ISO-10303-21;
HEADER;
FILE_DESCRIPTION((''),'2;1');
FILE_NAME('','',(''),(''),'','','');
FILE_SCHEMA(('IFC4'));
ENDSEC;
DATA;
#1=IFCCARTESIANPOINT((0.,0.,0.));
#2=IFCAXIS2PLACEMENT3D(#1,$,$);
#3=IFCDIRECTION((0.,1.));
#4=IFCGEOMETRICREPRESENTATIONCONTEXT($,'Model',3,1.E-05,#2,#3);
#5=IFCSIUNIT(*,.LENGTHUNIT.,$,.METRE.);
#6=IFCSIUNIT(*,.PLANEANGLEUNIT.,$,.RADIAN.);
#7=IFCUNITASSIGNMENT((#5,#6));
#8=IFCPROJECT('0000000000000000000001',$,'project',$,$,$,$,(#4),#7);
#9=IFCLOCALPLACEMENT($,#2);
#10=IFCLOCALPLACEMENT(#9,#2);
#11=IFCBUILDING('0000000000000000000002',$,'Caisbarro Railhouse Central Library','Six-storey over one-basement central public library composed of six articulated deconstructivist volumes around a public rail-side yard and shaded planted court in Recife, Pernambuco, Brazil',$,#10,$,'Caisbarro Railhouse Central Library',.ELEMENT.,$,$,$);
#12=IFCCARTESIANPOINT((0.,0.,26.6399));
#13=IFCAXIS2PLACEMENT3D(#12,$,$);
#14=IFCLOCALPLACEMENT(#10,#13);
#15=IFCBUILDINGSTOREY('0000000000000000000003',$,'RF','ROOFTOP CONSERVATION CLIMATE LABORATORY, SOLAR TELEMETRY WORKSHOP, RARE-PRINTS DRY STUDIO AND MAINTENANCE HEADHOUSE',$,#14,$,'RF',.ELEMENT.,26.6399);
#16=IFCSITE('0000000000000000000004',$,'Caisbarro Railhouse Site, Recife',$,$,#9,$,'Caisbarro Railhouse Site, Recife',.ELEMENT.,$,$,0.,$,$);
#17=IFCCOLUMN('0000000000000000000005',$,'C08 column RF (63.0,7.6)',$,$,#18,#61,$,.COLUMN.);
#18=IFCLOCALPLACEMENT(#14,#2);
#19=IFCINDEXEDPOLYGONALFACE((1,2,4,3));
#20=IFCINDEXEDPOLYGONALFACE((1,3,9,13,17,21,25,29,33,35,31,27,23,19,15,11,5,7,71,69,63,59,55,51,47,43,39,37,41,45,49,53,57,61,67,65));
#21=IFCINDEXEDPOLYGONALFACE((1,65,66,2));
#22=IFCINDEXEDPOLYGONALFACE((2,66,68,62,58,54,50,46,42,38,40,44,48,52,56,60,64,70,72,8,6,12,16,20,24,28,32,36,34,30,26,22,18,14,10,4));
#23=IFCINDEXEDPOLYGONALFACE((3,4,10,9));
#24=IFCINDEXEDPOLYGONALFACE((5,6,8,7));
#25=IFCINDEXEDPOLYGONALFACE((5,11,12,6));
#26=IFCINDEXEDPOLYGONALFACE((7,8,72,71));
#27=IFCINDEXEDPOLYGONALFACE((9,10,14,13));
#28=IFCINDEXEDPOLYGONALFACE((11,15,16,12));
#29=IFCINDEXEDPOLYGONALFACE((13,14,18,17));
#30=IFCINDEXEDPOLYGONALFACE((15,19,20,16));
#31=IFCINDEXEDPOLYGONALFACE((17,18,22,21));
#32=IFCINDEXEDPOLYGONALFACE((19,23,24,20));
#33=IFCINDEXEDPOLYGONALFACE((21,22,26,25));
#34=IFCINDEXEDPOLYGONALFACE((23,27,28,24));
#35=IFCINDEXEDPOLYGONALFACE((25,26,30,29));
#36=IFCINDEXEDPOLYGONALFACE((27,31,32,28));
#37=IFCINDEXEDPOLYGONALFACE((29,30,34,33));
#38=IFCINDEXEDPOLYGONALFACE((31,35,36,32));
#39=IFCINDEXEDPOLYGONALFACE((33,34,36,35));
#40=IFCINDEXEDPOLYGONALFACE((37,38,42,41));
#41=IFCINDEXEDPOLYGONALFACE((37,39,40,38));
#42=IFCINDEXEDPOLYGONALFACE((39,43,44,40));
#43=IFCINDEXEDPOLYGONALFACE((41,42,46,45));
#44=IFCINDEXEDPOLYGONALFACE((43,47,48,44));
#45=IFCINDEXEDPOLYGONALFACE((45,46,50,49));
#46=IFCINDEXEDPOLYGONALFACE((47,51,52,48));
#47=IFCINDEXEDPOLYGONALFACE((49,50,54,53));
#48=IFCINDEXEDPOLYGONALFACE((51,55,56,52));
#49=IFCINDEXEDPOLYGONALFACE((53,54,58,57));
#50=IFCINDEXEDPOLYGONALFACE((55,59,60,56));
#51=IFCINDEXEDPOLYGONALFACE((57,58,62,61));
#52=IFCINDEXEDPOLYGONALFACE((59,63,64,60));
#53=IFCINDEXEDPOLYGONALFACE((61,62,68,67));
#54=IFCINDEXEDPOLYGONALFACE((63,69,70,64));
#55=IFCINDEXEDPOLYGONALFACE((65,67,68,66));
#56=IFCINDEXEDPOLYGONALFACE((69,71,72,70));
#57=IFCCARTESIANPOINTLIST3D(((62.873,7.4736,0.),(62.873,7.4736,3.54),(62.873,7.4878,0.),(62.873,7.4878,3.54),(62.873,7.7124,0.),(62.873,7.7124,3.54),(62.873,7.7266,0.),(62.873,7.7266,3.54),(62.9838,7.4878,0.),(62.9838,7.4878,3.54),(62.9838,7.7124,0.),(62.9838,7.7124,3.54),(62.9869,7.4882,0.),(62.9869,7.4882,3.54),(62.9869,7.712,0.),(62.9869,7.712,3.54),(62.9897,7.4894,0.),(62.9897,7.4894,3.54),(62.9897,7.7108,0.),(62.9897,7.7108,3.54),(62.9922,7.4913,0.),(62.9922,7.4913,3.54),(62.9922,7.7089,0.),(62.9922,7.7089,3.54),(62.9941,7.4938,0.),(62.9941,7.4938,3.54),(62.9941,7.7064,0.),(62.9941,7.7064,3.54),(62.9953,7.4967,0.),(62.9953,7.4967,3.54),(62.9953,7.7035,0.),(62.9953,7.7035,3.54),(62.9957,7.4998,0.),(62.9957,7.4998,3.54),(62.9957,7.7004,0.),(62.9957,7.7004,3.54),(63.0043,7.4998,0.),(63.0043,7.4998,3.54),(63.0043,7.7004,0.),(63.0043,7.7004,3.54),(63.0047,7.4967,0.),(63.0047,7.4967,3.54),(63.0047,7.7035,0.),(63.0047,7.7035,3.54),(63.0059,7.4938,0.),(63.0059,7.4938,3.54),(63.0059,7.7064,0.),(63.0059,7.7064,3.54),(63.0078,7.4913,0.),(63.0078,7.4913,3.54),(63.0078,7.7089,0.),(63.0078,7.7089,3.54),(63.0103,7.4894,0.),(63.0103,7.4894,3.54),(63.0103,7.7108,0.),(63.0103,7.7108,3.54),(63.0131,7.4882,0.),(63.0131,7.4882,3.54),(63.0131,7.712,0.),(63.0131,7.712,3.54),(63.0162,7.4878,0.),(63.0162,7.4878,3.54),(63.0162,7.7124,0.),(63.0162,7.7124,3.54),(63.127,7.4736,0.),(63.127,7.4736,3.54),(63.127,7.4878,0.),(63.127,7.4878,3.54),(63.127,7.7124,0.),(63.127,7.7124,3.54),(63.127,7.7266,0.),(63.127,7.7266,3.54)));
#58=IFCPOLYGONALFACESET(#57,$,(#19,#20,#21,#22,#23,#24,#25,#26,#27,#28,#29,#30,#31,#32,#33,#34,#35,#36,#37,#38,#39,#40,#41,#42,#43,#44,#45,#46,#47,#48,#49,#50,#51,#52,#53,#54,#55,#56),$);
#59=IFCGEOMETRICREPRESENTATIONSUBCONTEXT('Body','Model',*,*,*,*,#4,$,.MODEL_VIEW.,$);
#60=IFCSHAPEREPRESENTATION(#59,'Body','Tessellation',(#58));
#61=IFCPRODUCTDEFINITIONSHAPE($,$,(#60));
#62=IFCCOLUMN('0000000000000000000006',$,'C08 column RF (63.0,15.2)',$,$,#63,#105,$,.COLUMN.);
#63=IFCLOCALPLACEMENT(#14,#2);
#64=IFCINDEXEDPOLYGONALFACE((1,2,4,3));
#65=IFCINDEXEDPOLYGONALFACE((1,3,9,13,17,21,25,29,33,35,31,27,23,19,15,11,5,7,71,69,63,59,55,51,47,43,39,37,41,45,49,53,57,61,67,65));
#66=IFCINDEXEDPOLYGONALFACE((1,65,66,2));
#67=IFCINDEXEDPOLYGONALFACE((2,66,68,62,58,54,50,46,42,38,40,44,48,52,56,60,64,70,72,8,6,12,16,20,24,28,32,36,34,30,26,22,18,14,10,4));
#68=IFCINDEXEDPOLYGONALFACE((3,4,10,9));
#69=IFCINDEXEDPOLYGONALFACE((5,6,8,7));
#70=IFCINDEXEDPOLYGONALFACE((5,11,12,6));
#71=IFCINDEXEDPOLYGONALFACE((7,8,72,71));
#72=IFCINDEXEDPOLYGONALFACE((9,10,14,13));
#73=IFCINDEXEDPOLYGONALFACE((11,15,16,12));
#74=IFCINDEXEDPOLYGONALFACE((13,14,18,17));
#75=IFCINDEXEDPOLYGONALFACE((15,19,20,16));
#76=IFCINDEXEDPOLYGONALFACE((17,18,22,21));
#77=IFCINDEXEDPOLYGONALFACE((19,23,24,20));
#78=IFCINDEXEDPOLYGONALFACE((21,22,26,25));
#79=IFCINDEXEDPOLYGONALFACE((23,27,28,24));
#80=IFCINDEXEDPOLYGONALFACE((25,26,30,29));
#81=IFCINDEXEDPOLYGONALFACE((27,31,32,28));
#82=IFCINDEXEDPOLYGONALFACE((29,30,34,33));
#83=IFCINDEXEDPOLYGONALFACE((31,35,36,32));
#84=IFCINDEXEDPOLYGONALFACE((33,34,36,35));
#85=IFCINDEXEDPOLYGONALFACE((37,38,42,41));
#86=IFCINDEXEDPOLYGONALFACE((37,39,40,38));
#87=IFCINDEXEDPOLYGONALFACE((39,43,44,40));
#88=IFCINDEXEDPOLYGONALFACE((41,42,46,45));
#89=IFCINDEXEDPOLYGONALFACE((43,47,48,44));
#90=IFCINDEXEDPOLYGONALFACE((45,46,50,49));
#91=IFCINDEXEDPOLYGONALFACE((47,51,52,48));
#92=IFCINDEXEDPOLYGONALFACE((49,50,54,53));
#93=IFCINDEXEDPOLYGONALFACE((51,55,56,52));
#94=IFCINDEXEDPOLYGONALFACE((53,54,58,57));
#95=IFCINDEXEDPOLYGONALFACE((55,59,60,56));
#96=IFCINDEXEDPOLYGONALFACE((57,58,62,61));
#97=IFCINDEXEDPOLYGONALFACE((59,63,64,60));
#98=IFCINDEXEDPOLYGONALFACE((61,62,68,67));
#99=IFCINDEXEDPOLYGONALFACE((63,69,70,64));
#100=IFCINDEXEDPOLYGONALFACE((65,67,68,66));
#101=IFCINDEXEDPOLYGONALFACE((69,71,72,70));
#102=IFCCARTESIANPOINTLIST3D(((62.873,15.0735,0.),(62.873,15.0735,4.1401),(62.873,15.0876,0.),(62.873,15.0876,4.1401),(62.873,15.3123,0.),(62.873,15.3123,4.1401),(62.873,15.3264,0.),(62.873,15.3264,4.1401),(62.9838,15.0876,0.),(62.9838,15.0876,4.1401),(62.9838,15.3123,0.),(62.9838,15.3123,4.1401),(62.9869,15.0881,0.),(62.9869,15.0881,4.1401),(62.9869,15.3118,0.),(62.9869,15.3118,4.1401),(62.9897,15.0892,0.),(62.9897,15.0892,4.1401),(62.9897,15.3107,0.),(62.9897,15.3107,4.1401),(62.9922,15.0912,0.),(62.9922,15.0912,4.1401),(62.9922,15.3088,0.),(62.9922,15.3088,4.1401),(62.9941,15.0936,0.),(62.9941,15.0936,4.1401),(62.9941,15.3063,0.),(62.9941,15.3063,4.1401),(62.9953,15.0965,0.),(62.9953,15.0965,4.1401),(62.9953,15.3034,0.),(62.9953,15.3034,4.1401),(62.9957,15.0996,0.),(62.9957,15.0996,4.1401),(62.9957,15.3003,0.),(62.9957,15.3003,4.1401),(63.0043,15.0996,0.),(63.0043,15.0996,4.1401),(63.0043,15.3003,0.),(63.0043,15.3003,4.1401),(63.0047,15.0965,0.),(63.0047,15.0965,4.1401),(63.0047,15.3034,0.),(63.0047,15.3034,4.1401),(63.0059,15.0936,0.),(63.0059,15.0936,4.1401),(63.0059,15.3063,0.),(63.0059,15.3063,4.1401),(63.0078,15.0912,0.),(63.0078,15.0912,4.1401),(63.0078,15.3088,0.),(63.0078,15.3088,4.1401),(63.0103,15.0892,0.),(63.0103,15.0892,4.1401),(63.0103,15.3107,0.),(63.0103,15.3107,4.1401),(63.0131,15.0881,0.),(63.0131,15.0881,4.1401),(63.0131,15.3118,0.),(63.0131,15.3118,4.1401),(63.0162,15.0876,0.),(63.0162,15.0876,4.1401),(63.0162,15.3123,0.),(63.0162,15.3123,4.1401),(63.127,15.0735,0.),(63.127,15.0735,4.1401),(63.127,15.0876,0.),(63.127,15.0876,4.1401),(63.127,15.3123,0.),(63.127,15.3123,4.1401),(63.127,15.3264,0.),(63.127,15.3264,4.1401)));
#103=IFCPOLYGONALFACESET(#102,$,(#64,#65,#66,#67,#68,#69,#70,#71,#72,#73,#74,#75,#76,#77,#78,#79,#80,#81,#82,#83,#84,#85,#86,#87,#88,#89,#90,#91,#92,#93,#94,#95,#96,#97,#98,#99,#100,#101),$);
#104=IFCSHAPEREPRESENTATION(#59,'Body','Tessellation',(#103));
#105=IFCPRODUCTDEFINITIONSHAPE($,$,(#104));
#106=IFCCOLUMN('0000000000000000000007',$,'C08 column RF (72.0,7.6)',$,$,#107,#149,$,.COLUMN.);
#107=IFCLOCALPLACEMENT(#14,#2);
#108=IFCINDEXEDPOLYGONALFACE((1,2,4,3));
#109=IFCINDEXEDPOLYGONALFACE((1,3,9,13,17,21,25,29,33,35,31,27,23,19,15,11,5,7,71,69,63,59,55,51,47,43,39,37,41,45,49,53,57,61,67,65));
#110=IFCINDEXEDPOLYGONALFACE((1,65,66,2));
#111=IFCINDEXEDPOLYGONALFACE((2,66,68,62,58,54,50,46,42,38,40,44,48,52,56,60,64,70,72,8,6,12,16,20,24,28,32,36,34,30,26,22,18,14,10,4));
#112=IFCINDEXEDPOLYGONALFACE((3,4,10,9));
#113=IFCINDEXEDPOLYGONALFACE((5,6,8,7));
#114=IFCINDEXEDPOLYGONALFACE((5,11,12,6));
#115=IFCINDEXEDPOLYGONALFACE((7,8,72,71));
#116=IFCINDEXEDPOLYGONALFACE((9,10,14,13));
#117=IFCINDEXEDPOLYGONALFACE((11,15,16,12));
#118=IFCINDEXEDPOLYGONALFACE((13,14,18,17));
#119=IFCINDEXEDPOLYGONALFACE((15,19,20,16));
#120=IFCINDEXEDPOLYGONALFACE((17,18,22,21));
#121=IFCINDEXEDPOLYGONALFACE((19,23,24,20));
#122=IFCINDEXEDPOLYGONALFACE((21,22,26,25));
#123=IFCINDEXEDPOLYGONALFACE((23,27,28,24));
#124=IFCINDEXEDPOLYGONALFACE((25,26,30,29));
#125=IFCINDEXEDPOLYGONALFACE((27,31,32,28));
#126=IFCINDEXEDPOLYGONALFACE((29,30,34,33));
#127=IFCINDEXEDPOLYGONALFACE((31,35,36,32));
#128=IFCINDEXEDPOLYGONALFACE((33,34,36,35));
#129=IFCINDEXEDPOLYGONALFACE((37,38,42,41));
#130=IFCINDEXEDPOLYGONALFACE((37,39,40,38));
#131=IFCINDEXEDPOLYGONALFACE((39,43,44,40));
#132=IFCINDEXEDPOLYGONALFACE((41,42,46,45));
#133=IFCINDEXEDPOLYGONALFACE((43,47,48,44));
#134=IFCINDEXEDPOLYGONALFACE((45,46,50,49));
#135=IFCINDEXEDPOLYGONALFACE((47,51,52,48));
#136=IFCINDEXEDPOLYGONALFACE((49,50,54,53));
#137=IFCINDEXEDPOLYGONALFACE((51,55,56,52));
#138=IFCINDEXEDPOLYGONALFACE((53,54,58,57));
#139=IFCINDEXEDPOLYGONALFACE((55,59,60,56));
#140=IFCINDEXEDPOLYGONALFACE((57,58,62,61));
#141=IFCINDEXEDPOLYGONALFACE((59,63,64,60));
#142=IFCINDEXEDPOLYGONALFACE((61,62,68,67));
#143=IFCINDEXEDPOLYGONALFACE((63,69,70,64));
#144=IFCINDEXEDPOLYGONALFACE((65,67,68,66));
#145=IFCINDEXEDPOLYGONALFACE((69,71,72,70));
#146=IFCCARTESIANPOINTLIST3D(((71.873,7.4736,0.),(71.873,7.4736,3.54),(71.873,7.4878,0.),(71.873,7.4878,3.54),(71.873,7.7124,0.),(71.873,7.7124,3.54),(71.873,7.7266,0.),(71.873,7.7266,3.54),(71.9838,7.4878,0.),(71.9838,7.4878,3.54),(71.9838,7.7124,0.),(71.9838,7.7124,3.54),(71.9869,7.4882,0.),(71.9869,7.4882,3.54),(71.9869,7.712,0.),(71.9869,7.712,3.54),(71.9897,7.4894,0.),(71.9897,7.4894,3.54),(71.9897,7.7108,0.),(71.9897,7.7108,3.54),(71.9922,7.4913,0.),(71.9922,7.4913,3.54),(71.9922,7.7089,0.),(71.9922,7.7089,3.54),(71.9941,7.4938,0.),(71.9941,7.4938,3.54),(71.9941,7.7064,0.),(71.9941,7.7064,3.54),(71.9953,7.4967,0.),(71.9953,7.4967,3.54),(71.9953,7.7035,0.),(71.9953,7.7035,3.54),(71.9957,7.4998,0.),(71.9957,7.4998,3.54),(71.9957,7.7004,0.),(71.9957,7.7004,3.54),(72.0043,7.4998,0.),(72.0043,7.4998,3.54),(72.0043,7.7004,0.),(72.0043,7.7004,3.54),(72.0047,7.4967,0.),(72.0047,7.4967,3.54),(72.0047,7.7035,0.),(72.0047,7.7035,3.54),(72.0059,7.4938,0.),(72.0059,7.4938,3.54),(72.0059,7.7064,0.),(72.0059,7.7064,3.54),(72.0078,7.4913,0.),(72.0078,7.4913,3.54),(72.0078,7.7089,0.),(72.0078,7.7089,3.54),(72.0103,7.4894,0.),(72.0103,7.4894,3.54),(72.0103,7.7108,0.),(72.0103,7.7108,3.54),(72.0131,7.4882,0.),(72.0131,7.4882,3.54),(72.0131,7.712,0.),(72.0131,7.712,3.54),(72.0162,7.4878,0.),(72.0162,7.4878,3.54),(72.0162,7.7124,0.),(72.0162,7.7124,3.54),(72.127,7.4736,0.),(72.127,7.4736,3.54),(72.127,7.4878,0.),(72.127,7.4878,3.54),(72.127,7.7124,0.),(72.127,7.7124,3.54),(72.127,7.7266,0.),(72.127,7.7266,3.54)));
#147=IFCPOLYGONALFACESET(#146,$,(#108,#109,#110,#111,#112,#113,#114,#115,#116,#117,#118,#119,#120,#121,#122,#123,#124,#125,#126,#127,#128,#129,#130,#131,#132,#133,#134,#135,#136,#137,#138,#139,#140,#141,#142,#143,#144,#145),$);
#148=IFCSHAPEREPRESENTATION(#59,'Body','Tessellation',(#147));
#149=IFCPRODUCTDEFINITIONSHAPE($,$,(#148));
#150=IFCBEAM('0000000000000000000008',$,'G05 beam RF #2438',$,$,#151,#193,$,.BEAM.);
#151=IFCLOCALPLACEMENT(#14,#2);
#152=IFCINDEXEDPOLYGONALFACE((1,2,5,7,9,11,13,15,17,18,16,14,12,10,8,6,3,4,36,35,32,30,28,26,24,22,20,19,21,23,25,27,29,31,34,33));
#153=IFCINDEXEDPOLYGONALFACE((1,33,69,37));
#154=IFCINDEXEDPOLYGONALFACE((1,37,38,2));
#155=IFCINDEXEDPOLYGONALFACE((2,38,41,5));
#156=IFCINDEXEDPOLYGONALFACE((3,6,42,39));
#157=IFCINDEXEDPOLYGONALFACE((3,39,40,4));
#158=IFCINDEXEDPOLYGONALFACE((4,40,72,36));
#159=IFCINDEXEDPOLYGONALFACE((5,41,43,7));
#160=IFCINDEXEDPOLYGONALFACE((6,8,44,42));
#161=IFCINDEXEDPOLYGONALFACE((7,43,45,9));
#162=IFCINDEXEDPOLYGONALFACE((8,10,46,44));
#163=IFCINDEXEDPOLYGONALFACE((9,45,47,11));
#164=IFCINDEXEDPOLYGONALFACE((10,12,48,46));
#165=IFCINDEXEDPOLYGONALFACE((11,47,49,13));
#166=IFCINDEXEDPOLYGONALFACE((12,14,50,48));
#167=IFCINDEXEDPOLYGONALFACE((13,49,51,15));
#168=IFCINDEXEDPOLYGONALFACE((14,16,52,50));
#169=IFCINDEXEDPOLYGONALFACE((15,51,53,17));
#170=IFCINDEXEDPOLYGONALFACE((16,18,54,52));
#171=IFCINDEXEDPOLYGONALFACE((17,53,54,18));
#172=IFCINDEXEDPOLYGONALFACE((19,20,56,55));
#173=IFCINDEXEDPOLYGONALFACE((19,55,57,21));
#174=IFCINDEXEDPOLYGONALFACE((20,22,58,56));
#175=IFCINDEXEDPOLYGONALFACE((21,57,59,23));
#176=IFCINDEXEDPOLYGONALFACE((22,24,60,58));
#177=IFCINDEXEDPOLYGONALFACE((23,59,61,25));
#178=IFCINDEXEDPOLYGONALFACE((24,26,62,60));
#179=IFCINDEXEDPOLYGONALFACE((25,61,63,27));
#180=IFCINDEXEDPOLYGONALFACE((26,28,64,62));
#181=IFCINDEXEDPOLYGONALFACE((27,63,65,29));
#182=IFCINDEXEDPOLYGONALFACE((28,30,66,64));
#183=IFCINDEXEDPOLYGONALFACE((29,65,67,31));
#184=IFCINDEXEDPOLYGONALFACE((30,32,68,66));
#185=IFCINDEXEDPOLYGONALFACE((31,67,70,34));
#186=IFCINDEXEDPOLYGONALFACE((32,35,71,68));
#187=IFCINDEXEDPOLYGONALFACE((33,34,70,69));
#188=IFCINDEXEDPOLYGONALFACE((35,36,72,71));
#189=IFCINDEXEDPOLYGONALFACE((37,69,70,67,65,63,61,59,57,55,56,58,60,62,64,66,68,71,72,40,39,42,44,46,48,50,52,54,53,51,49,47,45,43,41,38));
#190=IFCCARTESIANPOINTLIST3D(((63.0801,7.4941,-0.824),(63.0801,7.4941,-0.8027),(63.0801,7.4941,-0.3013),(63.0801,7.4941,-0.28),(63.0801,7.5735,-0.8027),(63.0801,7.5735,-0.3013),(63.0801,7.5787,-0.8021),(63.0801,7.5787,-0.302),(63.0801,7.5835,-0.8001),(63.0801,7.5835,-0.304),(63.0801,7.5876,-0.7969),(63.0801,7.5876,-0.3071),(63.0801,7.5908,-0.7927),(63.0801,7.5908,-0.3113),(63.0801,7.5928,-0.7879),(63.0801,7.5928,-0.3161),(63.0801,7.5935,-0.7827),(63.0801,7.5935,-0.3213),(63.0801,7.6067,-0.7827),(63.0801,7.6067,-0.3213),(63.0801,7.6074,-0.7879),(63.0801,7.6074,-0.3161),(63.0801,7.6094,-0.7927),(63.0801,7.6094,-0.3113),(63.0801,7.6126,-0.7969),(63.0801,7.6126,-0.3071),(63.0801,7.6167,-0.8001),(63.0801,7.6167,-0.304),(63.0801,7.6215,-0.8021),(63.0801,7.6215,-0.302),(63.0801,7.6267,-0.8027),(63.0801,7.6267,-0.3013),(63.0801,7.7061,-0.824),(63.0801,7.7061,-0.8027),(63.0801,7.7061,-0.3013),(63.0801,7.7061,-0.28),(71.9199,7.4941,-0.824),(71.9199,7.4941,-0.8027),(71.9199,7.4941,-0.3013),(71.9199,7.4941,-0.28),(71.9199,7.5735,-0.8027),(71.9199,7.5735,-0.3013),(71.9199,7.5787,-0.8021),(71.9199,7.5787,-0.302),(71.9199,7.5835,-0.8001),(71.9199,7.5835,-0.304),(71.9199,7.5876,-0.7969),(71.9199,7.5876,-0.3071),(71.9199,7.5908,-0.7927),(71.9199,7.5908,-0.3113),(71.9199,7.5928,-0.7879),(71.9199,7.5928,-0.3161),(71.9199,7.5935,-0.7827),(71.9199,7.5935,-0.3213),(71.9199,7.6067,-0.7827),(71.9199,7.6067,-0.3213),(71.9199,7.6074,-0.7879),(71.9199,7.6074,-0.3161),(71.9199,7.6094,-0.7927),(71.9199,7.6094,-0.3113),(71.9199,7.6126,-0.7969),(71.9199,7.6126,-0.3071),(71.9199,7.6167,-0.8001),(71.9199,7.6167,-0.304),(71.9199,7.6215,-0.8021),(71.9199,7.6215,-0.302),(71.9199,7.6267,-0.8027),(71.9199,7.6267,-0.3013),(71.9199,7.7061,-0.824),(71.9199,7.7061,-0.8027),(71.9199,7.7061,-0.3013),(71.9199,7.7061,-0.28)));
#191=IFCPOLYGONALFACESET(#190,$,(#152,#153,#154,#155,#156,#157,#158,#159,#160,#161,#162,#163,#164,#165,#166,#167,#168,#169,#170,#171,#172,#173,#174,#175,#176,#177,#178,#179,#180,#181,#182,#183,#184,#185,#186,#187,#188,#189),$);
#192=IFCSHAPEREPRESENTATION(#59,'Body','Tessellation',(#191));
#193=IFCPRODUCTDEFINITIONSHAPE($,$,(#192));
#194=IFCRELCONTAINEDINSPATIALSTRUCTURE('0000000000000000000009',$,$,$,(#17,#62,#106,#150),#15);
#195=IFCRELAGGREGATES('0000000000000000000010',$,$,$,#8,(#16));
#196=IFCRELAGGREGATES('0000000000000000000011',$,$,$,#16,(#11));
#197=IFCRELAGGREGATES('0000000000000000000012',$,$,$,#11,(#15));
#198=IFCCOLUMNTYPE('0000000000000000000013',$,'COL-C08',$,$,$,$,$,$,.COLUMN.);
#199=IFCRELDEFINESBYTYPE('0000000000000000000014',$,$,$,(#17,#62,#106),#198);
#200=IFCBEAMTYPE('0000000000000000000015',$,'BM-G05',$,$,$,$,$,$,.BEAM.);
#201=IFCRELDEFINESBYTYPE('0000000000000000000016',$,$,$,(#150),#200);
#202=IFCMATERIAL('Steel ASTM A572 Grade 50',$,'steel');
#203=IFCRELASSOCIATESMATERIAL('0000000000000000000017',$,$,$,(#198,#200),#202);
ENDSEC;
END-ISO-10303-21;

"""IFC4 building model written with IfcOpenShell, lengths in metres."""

from ifc_helpers import new_model, si_unit, direction, frame, origin, origin_2d, place, context, subcontext, project, spatial, i_section, extrude, material, material_profile, profile_set, type_object, element, save


model = new_model("IFC4")

# Units and contexts
model_context = context("Model", 3, precision=1e-05, world=origin(), true_north=direction((0.0, 1.0)))
body_context = subcontext(model_context, "Body", "Model", "MODEL_VIEW")
ifc_project = project(units=[si_unit("LENGTHUNIT", "METRE"), si_unit("PLANEANGLEUNIT", "RADIAN")], contexts=[model_context])

# Site, building, storey
site_placement = place(None, origin())
site = spatial("IfcSite", under=ifc_project, at=site_placement, Name="Caisbarro Railhouse Site, Recife", LongName="Caisbarro Railhouse Site, Recife", CompositionType="ELEMENT", RefElevation=0.0)
building_placement = place(site_placement, origin())
building = spatial("IfcBuilding", under=site, at=building_placement, Name="Caisbarro Railhouse Central Library", Description="Six-storey over one-basement central public library composed of six articulated deconstructivist volumes around a public rail-side yard and shaded planted court in Recife, Pernambuco, Brazil", LongName="Caisbarro Railhouse Central Library", CompositionType="ELEMENT")
storey_placement = place(building_placement, frame((0.0, 0.0, 26.6399)))
storey = spatial("IfcBuildingStorey", under=building, at=storey_placement, Name="RF", Description="ROOFTOP CONSERVATION CLIMATE LABORATORY, SOLAR TELEMETRY WORKSHOP, RARE-PRINTS DRY STUDIO AND MAINTENANCE HEADHOUSE", LongName="RF", CompositionType="ELEMENT", Elevation=26.6399)

# Columns
ifc_material_1 = material(Name="Steel ASTM A572 Grade 50", Category="steel")
ifc_material_profile_1 = material_profile(ifc_material_1, i_section(OverallWidth=0.2539, OverallDepth=0.2529, WebThickness=0.0085, FlangeThickness=0.0142, FilletRadius=0.012, at=origin_2d()), Name="W250X73.0")
ifc_profile_set_1 = profile_set([ifc_material_profile_1], Name="Steel ASTM A572 Grade 50")
column_type = type_object("IfcColumnType", Name="COL-C08", PredefinedType="COLUMN", material=ifc_profile_set_1)
column_1_placement = place(storey_placement, frame((63.0, 7.6001, 0.0), z_axis=(0.0, 0.0, 1.0), x_axis=(1.0, 0.0, 0.0)))
element("IfcColumn", 1, at=column_1_placement, inside=storey, type_object=column_type, Name="C08 column RF (63.0,7.6)", PredefinedType="COLUMN", context=body_context, shape_type="SweptSolid", body=[
    extrude(i_section(OverallWidth=0.2539, OverallDepth=0.2529, WebThickness=0.0085, FlangeThickness=0.0142, FilletRadius=0.012, at=origin_2d()), origin(), (0.0, 0.0, 1.0), 3.54),
])
column_2_placement = place(storey_placement, frame((63.0, 15.2, 0.0), z_axis=(0.0, 0.0, 1.0), x_axis=(1.0, 0.0, 0.0)))
element("IfcColumn", 2, at=column_2_placement, inside=storey, type_object=column_type, Name="C08 column RF (63.0,15.2)", PredefinedType="COLUMN", context=body_context, shape_type="SweptSolid", body=[
    extrude(i_section(OverallWidth=0.2539, OverallDepth=0.2529, WebThickness=0.0085, FlangeThickness=0.0142, FilletRadius=0.012, at=origin_2d()), origin(), (0.0, 0.0, 1.0), 4.1401),
])
column_3_placement = place(storey_placement, frame((72.0, 7.6001, 0.0), z_axis=(0.0, 0.0, 1.0), x_axis=(1.0, 0.0, 0.0)))
element("IfcColumn", 3, at=column_3_placement, inside=storey, type_object=column_type, Name="C08 column RF (72.0,7.6)", PredefinedType="COLUMN", context=body_context, shape_type="SweptSolid", body=[
    extrude(i_section(OverallWidth=0.2539, OverallDepth=0.2529, WebThickness=0.0085, FlangeThickness=0.0142, FilletRadius=0.012, at=origin_2d()), origin(), (0.0, 0.0, 1.0), 3.54),
])

# Beam
ifc_material_profile_2 = material_profile(ifc_material_1, i_section(OverallWidth=0.2119, OverallDepth=0.5439, WebThickness=0.0132, FlangeThickness=0.0212, FilletRadius=0.02, at=origin_2d()), Name="W530X123.0")
ifc_profile_set_2 = profile_set([ifc_material_profile_2], Name="Steel ASTM A572 Grade 50")
beam_type_1 = type_object("IfcBeamType", Name="BM-G05", PredefinedType="BEAM", material=ifc_profile_set_2)
beam_1_placement = place(storey_placement, frame((63.0801, 7.6001, -0.552), z_axis=(1.0, 0.0, 0.0), x_axis=(0.0, 1.0, 0.0)))
element("IfcBeam", 4, at=beam_1_placement, inside=storey, type_object=beam_type_1, Name="G05 beam RF #2438", PredefinedType="BEAM", context=body_context, shape_type="SweptSolid", body=[
    extrude(i_section(OverallWidth=0.2119, OverallDepth=0.5439, WebThickness=0.0132, FlangeThickness=0.0212, FilletRadius=0.02, at=origin_2d()), origin(), (0.0, 0.0, 1.0), 8.8398),
])

save(model, "model.ifc")
